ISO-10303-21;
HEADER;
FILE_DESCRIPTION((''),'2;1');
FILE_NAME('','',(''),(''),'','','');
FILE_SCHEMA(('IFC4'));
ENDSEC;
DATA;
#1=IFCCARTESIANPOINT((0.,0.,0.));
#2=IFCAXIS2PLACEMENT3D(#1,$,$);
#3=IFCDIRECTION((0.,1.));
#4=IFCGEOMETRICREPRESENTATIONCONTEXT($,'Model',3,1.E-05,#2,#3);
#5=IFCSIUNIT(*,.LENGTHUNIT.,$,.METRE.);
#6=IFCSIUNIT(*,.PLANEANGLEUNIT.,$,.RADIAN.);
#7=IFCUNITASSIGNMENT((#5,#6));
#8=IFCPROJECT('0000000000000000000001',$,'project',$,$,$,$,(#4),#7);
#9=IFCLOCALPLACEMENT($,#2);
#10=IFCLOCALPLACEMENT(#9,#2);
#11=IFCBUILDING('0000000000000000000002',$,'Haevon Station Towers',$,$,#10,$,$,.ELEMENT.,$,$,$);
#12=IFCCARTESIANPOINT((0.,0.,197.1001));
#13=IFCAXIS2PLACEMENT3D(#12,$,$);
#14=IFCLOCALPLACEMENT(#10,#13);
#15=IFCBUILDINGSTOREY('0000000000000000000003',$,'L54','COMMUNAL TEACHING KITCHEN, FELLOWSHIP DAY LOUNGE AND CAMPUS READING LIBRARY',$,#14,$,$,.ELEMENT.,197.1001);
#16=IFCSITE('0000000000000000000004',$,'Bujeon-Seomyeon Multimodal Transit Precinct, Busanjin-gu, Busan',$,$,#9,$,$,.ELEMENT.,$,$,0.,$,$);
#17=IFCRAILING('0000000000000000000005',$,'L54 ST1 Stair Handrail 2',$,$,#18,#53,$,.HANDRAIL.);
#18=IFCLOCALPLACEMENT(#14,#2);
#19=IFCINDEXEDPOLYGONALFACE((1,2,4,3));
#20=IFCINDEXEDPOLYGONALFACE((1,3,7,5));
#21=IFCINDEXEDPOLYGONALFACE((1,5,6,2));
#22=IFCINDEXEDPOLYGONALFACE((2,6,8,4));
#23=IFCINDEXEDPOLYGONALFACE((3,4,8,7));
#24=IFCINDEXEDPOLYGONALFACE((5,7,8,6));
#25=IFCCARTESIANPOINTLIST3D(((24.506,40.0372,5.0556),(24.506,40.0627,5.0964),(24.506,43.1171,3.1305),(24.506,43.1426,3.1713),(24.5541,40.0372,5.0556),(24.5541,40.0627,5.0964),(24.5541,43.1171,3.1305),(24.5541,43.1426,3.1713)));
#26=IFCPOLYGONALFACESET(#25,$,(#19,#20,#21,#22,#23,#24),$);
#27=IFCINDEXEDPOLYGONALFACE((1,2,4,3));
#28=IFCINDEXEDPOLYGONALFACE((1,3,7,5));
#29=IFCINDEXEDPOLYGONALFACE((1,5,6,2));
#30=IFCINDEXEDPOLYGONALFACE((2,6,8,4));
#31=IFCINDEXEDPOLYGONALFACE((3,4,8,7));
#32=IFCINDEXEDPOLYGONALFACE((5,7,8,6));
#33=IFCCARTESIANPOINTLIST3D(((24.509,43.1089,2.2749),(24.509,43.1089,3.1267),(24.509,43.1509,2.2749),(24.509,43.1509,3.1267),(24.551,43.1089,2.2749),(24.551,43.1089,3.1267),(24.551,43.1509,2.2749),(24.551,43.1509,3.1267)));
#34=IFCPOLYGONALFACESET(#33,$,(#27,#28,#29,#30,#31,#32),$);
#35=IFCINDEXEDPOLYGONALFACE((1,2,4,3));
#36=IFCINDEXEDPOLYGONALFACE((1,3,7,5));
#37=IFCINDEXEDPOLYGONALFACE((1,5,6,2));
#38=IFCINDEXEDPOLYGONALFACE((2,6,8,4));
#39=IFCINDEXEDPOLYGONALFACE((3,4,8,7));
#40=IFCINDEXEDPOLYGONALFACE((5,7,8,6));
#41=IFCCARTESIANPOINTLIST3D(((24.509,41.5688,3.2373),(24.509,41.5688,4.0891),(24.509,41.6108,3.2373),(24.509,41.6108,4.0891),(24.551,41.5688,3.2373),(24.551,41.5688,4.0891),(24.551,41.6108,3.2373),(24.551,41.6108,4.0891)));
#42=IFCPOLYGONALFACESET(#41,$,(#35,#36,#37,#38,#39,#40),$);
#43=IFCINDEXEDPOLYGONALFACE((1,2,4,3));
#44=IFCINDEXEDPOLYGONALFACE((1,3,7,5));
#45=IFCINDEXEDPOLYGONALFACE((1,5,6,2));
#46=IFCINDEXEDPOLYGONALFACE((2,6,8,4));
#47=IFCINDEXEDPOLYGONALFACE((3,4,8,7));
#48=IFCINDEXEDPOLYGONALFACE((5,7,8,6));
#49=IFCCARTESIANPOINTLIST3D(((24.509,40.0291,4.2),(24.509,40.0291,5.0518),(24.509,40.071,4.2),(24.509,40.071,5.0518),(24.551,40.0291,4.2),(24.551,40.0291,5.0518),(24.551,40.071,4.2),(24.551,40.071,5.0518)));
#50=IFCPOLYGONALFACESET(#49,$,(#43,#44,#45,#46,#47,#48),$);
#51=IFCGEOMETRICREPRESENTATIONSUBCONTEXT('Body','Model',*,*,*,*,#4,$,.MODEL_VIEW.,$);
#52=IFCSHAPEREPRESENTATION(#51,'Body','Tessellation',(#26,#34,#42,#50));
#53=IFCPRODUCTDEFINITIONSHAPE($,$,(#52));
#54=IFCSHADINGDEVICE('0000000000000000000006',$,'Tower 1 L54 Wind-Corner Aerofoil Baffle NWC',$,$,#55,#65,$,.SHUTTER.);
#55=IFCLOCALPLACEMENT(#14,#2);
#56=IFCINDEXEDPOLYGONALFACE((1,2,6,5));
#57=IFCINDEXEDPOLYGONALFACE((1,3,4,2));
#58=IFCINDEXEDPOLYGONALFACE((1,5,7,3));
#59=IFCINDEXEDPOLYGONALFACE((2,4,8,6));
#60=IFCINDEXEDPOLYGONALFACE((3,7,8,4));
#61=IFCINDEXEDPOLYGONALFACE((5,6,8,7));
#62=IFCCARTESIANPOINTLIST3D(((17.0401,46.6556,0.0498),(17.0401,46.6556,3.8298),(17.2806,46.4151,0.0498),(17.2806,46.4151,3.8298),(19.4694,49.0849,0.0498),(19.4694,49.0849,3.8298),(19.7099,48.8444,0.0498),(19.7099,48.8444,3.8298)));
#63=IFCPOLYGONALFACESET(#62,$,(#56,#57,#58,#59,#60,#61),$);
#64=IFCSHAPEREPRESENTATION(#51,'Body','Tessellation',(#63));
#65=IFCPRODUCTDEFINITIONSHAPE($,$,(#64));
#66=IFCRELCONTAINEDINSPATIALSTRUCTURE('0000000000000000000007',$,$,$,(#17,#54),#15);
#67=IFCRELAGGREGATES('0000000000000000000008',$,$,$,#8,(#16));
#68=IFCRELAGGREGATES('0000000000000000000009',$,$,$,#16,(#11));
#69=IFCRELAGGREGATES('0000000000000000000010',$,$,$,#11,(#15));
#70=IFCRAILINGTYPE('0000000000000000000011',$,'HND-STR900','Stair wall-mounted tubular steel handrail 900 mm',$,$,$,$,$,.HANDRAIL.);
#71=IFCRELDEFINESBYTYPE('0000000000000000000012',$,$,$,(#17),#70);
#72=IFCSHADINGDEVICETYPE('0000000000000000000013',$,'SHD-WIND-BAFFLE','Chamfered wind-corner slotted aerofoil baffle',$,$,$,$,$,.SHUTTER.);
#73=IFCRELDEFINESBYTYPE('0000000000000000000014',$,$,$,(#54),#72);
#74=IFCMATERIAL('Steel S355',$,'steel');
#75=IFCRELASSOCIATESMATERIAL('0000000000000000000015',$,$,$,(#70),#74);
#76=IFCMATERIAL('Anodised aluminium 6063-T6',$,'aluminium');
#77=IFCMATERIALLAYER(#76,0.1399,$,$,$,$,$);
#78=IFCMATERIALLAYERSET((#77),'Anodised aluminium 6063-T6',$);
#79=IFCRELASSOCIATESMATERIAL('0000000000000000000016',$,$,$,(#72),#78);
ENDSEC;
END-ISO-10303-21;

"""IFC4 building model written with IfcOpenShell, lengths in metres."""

from ifc_helpers import new_model, si_unit, direction, frame, origin, origin_2d, place, context, subcontext, project, spatial, rectangle, extrude, material, layer, layer_set, type_object, element, save


model = new_model("IFC4")

# Units and contexts
model_context = context("Model", 3, precision=1e-05, world=origin(), true_north=direction((0.0, 1.0)))
body_context = subcontext(model_context, "Body", "Model", "MODEL_VIEW")
ifc_project = project(units=[si_unit("LENGTHUNIT", "METRE"), si_unit("PLANEANGLEUNIT", "RADIAN")], contexts=[model_context])

# Site, building, storey
site_placement = place(None, origin())
site = spatial("IfcSite", under=ifc_project, at=site_placement, Name="Bujeon-Seomyeon Multimodal Transit Precinct, Busanjin-gu, Busan", CompositionType="ELEMENT", RefElevation=0.0)
building_placement = place(site_placement, origin())
building = spatial("IfcBuilding", under=site, at=building_placement, Name="Haevon Station Towers", CompositionType="ELEMENT")
storey_placement = place(building_placement, frame((0.0, 0.0, 197.1001)))
storey = spatial("IfcBuildingStorey", under=building, at=storey_placement, Name="L54", Description="COMMUNAL TEACHING KITCHEN, FELLOWSHIP DAY LOUNGE AND CAMPUS READING LIBRARY", CompositionType="ELEMENT", Elevation=197.1001)

# Shared definitions
ifc_material_1 = material(Name="Steel S355", Category="steel")

# Railing
railing_type_1 = type_object("IfcRailingType", Name="HND-STR900", Description="Stair wall-mounted tubular steel handrail 900 mm", PredefinedType="HANDRAIL", material=ifc_material_1)
railing_1_placement = place(storey_placement, frame((24.53, 43.1299, 2.2749)))
element("IfcRailing", 1, at=railing_1_placement, inside=storey, type_object=railing_type_1, Name="L54 ST1 Stair Handrail 2", PredefinedType="HANDRAIL", context=body_context, shape_type="SweptSolid", body=[
    extrude(rectangle(XDim=0.0481, YDim=0.0481, at=origin_2d()), frame((0.0, 0.0, 0.876), z_axis=(0.0, -0.847979, 0.530029), x_axis=(1.0, 0.0, 0.0)), (0.0, 0.0, 1.0), 3.6321),
    extrude(rectangle(XDim=0.042, YDim=0.042, at=origin_2d()), origin(), (0.0, 0.0, 1.0), 0.8518),
    extrude(rectangle(XDim=0.042, YDim=0.042, at=origin_2d()), frame((0.0, -1.54, 0.9624)), (0.0, 0.0, 1.0), 0.8518),
    extrude(rectangle(XDim=0.042, YDim=0.042, at=origin_2d()), frame((0.0, -3.0798, 1.925)), (0.0, 0.0, 1.0), 0.8518),
])

# Shading device
ifc_material_2 = material(Name="Anodised aluminium 6063-T6", Category="aluminium")
ifc_layer_1 = layer(ifc_material_2, 0.1399)
ifc_layer_set_1 = layer_set([ifc_layer_1], Name="Anodised aluminium 6063-T6")
shading_device_type = type_object("IfcShadingDeviceType", Name="SHD-WIND-BAFFLE", Description="Chamfered wind-corner slotted aerofoil baffle", PredefinedType="SHUTTER", material=ifc_layer_set_1)
shading_device_placement = place(storey_placement, frame((18.375, 47.75, 0.0498), z_axis=(0.0, 0.0, 1.0), x_axis=(0.707107, 0.707107, 0.0)))
element("IfcShadingDevice", 2, at=shading_device_placement, inside=storey, type_object=shading_device_type, Name="Tower 1 L54 Wind-Corner Aerofoil Baffle NWC", PredefinedType="SHUTTER", context=body_context, shape_type="SweptSolid", body=[
    extrude(rectangle(XDim=3.4355, YDim=0.3401, at=origin_2d()), origin(), (0.0, 0.0, 1.0), 3.78),
])

save(model, "model.ifc")
